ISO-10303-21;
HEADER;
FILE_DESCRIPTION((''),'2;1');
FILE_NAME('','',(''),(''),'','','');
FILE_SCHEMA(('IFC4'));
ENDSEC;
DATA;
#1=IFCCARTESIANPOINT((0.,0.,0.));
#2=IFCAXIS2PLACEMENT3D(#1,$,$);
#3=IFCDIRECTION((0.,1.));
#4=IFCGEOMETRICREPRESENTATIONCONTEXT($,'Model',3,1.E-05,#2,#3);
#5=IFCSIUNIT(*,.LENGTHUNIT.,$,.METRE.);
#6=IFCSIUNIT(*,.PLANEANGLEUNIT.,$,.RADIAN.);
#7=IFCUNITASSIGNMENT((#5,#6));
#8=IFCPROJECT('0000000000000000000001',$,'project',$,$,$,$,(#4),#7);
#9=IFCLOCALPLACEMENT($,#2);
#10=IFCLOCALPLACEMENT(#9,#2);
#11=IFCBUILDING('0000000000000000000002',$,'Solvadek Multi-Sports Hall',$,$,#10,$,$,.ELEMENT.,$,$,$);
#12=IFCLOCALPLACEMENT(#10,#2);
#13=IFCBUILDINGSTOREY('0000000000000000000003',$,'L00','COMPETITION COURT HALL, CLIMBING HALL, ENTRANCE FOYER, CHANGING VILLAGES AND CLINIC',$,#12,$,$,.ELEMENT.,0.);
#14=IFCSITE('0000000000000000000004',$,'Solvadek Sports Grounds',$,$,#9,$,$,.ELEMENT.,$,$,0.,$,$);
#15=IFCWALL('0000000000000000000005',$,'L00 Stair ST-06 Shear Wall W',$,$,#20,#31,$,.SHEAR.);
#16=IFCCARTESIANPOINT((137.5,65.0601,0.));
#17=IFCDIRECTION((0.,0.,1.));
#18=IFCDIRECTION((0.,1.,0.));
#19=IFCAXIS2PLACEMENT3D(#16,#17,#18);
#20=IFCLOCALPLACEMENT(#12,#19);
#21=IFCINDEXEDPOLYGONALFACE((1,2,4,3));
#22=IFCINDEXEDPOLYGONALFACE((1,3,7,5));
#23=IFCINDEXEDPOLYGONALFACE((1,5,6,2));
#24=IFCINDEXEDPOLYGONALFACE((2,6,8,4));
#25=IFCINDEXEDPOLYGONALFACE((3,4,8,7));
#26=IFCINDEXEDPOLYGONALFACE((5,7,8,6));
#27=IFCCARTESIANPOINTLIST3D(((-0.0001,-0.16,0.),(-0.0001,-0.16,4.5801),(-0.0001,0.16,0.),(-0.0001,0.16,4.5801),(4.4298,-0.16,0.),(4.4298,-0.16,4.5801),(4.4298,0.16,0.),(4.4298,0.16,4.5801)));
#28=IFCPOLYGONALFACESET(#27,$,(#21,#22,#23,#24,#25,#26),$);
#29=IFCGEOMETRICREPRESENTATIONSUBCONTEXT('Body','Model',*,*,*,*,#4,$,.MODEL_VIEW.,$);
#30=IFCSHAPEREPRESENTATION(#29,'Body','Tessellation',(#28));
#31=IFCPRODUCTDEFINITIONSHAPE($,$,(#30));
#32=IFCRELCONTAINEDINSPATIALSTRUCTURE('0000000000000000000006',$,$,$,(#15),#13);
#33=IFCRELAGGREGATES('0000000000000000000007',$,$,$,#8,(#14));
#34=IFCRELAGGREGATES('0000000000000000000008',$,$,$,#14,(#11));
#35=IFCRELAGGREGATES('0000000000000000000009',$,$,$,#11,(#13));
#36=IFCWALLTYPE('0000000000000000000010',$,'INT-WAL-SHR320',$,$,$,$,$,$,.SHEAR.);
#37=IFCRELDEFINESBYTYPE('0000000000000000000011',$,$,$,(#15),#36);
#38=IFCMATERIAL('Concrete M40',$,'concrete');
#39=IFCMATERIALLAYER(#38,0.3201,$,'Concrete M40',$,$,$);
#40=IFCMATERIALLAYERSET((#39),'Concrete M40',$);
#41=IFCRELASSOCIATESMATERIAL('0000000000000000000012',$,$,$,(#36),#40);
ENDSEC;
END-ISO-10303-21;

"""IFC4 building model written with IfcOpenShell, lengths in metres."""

from ifc_helpers import new_model, si_unit, direction, frame, frame_2d, origin, place, context, subcontext, project, spatial, rectangle, extrude, material, layer, layer_set, type_object, element, save


model = new_model("IFC4")

# Units and contexts
model_context = context("Model", 3, precision=1e-05, world=origin(), true_north=direction((0.0, 1.0)))
body_context = subcontext(model_context, "Body", "Model", "MODEL_VIEW")
ifc_project = project(units=[si_unit("LENGTHUNIT", "METRE"), si_unit("PLANEANGLEUNIT", "RADIAN")], contexts=[model_context])

# Site, building, storey
site_placement = place(None, origin())
site = spatial("IfcSite", under=ifc_project, at=site_placement, Name="Solvadek Sports Grounds", CompositionType="ELEMENT", RefElevation=0.0)
building_placement = place(site_placement, origin())
building = spatial("IfcBuilding", under=site, at=building_placement, Name="Solvadek Multi-Sports Hall", CompositionType="ELEMENT")
storey_placement = place(building_placement, origin())
storey = spatial("IfcBuildingStorey", under=building, at=storey_placement, Name="L00", Description="COMPETITION COURT HALL, CLIMBING HALL, ENTRANCE FOYER, CHANGING VILLAGES AND CLINIC", CompositionType="ELEMENT", Elevation=0.0)

# Wall
ifc_material_1 = material(Name="Concrete M40", Category="concrete")
ifc_layer_1 = layer(ifc_material_1, 0.3201, Name="Concrete M40")
ifc_layer_set_1 = layer_set([ifc_layer_1], Name="Concrete M40")
wall_type = type_object("IfcWallType", Name="INT-WAL-SHR320", PredefinedType="SHEAR", material=ifc_layer_set_1)
wall_placement = place(storey_placement, frame((137.5, 65.0601, 0.0), z_axis=(0.0, 0.0, 1.0), x_axis=(0.0, 1.0, 0.0)))
element("IfcWall", 1, at=wall_placement, inside=storey, type_object=wall_type, Name="L00 Stair ST-06 Shear Wall W", PredefinedType="SHEAR", context=body_context, shape_type="SweptSolid", body=[
    extrude(rectangle(XDim=4.4299, YDim=0.3201, at=frame_2d((2.2148, 0.0))), origin(), (0.0, 0.0, 1.0), 4.5801),
])

save(model, "model.ifc")
